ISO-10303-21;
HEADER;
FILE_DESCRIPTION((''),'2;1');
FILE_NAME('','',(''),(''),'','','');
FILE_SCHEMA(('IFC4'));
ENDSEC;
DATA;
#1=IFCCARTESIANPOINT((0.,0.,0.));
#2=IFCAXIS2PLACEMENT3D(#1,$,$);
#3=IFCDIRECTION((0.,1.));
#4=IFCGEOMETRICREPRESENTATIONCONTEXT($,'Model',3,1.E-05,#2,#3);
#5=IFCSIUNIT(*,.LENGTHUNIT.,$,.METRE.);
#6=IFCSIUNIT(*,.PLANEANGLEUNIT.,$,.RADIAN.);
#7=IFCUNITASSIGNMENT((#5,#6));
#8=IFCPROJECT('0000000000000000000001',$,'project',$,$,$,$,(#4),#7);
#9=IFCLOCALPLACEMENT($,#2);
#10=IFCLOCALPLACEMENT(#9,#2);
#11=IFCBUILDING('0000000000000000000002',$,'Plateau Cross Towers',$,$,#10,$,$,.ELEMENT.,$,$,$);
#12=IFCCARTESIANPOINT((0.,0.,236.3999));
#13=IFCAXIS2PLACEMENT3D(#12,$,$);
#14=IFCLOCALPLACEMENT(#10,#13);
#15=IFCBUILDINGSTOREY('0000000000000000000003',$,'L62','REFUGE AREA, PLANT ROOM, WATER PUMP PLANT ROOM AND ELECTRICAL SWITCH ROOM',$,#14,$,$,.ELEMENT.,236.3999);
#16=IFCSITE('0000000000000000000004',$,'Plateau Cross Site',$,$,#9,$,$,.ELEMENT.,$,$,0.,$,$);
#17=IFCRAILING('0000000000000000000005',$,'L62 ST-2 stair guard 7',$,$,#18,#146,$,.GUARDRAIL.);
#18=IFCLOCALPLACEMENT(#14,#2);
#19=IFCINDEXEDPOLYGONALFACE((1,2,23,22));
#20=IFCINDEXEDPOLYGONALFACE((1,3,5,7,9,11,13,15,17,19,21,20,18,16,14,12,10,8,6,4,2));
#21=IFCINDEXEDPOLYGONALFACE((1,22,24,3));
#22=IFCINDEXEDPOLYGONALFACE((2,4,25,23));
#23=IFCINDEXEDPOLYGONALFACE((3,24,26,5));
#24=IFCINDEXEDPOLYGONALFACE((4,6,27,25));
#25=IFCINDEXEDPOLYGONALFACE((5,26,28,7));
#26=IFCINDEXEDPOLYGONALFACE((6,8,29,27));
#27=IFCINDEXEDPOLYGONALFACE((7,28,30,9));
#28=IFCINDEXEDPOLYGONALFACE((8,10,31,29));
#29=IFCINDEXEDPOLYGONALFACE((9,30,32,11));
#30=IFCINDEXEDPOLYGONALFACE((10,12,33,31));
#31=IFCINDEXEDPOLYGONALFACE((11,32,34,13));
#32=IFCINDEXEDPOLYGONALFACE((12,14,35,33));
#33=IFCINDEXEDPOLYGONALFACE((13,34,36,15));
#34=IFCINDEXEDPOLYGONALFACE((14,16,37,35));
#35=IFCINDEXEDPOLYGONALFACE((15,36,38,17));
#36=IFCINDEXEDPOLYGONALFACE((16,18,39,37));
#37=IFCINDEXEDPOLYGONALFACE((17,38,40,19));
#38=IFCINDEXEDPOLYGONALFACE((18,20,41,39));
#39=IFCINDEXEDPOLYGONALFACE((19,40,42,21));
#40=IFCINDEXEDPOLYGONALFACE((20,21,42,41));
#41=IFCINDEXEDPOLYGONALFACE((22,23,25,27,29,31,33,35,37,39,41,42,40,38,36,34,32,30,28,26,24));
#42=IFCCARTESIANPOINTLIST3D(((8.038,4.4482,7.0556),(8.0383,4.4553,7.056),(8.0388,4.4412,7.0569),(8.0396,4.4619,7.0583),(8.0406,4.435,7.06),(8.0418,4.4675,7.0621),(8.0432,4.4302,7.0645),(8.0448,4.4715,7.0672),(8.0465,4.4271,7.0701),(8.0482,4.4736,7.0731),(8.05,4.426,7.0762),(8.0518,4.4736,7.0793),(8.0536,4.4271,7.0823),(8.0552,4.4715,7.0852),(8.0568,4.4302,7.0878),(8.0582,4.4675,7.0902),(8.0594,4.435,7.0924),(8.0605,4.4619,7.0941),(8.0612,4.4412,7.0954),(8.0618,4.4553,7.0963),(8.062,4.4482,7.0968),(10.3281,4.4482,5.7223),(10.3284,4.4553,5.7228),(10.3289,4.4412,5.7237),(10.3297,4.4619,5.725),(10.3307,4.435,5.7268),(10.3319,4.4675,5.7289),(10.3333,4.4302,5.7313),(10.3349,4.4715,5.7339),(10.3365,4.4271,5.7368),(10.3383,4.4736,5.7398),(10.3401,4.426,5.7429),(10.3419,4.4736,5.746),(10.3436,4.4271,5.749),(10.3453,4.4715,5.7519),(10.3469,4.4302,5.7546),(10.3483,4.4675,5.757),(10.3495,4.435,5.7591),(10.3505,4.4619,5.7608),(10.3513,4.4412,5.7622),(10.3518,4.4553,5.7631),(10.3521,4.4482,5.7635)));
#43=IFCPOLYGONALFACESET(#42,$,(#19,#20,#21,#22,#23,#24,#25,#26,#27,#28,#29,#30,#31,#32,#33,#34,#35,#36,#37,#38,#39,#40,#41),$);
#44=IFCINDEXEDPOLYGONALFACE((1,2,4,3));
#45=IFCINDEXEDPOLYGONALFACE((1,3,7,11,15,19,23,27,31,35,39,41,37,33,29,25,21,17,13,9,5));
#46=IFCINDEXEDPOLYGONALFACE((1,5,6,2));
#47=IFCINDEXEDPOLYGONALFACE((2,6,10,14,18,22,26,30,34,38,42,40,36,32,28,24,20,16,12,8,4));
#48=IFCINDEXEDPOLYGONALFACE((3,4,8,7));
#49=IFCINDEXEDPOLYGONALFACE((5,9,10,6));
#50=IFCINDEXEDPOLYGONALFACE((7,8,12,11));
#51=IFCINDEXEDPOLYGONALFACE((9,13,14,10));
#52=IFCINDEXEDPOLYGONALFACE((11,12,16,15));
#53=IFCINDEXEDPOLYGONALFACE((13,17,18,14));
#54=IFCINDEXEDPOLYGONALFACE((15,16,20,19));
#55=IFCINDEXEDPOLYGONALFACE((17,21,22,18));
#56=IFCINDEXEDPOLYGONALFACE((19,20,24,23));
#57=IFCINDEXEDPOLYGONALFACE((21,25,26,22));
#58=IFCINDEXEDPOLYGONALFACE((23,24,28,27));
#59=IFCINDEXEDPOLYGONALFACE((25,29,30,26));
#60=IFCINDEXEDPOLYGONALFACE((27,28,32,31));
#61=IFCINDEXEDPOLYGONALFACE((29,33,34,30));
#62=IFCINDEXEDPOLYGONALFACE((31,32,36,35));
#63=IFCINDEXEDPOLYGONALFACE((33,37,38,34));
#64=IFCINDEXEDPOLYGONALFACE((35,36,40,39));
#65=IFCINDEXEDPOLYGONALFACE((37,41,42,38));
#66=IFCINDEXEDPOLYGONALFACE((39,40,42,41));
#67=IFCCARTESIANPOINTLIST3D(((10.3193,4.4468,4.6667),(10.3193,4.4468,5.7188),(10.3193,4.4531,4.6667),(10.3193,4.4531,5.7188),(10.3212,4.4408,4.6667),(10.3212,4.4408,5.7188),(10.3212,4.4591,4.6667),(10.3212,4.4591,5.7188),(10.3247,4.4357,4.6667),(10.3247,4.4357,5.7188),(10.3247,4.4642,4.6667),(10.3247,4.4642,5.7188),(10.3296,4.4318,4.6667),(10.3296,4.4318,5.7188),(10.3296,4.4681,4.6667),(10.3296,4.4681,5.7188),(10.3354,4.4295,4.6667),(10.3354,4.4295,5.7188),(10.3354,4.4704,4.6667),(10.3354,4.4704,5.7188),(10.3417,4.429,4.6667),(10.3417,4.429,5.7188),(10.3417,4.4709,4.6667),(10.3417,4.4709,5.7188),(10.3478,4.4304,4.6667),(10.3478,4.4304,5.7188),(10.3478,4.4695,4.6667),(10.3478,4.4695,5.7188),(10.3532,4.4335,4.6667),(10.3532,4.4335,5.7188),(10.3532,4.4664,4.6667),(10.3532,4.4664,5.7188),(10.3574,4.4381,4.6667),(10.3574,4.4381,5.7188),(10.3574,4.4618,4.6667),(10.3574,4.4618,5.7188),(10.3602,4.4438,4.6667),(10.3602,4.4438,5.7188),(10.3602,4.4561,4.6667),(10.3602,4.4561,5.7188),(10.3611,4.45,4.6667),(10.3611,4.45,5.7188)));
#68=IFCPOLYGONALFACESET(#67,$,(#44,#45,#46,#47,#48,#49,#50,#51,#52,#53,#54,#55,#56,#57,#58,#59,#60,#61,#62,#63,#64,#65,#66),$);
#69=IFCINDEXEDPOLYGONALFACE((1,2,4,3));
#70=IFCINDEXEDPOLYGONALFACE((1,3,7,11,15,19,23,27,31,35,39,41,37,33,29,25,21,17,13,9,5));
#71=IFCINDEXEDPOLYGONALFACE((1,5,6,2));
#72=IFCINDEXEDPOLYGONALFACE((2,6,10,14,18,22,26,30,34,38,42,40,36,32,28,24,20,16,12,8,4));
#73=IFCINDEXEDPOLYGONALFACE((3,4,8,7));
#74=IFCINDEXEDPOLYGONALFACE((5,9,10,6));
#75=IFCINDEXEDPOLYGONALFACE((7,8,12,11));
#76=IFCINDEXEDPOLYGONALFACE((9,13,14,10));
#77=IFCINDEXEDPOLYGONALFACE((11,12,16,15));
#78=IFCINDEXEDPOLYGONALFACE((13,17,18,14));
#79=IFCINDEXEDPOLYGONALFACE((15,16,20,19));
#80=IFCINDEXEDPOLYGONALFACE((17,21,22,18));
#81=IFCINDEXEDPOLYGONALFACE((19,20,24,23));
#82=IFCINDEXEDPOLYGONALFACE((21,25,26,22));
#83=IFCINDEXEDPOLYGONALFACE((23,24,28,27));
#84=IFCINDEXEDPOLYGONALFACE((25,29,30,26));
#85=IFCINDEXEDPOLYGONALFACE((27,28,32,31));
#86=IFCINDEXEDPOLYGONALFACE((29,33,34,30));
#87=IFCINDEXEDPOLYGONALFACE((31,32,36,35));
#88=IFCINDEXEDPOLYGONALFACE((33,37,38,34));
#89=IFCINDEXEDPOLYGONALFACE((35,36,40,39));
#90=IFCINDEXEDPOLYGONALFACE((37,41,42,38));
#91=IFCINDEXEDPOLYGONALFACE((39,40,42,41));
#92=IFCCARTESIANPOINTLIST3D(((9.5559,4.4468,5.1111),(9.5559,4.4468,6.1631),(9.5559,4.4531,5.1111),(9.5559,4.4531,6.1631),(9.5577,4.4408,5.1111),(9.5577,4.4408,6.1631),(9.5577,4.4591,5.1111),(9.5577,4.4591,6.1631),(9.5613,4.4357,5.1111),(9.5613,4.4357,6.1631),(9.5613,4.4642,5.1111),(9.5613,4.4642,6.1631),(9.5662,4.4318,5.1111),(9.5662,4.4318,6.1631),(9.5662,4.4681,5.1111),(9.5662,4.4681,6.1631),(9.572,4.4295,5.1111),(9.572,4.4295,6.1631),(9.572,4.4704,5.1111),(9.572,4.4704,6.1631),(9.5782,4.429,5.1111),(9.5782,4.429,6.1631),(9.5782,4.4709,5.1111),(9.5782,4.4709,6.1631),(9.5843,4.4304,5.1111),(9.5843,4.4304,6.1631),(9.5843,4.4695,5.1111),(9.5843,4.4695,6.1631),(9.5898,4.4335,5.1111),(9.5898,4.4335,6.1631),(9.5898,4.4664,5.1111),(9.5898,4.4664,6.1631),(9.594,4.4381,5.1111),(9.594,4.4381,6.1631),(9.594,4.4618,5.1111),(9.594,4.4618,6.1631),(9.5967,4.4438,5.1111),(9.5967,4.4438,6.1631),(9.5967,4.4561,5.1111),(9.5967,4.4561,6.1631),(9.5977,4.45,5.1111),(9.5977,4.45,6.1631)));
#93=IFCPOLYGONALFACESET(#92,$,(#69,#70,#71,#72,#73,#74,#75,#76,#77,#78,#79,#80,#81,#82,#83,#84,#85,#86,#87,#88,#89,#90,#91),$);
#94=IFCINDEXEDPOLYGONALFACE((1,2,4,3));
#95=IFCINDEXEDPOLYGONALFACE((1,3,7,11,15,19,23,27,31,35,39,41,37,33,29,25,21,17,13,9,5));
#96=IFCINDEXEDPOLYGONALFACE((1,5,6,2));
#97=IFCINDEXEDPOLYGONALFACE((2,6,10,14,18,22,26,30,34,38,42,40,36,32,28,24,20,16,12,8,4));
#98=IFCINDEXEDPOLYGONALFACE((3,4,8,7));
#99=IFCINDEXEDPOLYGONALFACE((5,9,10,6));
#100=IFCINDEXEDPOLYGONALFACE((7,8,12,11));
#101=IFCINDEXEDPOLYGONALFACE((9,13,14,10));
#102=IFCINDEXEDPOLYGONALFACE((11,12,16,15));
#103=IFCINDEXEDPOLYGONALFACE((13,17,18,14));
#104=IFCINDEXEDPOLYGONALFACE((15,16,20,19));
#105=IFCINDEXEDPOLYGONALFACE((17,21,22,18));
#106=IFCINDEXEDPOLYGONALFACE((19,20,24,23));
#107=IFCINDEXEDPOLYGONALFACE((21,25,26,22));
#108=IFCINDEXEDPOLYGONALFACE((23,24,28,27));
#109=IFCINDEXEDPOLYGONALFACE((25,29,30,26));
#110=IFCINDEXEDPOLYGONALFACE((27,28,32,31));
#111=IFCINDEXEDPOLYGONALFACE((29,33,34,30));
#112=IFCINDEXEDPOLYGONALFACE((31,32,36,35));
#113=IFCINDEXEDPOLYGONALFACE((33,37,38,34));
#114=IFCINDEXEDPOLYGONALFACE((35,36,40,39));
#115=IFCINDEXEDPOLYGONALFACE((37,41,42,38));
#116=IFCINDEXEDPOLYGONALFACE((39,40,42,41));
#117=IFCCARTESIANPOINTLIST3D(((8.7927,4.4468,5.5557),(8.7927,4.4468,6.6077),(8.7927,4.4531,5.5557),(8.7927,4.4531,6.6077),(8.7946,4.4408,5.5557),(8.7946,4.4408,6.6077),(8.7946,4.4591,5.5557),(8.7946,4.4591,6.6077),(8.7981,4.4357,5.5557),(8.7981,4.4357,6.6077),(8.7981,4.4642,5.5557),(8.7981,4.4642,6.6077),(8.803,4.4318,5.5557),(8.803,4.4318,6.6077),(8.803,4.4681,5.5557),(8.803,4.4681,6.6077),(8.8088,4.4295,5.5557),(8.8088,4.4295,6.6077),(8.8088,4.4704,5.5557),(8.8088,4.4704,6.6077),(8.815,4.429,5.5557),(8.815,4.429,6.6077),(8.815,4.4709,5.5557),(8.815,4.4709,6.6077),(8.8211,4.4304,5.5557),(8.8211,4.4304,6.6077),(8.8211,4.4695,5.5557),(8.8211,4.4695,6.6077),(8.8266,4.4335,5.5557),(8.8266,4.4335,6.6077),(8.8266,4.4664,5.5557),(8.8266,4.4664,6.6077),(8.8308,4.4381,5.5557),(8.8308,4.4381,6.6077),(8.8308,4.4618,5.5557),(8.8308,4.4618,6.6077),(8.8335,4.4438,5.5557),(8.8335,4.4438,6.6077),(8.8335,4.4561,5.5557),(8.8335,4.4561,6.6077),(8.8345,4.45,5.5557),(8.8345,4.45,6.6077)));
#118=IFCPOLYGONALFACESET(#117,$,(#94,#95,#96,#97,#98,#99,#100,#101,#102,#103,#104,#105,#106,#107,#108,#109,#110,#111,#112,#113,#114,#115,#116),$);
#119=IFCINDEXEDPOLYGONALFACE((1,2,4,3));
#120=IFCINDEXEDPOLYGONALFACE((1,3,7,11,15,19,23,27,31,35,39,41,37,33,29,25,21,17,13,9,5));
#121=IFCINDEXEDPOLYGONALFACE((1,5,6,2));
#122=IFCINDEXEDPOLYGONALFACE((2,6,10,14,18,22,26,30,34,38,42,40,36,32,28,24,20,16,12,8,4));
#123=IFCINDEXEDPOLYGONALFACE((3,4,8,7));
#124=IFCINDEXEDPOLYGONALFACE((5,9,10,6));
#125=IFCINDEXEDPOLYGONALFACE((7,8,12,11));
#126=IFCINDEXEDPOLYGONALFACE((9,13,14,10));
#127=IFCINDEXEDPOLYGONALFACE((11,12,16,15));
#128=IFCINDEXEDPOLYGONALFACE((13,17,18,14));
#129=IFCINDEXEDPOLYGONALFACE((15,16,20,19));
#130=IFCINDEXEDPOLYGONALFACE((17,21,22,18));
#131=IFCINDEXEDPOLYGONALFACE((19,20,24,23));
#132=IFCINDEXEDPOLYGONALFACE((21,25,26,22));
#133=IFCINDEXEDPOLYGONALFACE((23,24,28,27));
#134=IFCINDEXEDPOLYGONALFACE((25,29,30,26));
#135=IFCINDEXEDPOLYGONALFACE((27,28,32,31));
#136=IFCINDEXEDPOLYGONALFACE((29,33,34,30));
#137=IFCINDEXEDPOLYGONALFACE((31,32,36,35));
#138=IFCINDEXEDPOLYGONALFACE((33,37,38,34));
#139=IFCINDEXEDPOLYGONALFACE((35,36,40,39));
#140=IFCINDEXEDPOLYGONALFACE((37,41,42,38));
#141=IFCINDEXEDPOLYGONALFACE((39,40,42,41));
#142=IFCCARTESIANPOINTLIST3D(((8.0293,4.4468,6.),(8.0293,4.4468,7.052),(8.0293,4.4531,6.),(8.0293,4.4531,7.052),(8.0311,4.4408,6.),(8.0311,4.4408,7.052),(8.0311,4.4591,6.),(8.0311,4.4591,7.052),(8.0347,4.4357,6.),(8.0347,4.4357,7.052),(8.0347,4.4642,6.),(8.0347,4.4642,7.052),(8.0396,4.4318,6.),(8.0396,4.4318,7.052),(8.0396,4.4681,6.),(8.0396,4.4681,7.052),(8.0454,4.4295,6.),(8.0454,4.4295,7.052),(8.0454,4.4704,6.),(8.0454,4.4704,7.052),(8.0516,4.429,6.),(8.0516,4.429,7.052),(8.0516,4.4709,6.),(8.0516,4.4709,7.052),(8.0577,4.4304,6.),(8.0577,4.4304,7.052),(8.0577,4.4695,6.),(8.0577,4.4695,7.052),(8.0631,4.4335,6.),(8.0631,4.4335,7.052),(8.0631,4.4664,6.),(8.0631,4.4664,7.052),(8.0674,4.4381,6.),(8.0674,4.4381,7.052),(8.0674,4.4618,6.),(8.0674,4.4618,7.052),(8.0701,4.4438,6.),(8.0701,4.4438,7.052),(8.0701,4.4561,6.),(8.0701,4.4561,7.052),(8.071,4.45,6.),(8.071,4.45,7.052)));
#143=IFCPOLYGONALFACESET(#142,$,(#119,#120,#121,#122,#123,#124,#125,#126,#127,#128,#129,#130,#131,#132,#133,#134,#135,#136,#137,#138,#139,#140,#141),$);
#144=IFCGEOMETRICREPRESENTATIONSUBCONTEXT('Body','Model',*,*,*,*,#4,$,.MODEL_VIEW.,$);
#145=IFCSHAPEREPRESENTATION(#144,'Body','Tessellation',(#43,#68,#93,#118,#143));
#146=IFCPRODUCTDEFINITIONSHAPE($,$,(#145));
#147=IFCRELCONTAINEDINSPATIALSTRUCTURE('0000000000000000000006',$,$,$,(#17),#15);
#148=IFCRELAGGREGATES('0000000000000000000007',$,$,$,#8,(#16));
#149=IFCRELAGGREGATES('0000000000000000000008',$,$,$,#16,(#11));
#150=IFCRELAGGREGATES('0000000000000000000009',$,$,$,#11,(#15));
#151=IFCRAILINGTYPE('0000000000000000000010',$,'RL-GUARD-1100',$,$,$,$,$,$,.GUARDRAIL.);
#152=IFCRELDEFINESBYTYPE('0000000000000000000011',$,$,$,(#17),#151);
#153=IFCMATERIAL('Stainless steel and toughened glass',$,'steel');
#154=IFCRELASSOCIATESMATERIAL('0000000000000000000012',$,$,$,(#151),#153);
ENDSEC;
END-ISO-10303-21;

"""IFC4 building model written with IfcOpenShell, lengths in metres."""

from ifc_helpers import new_model, si_unit, direction, frame, origin, origin_2d, place, context, subcontext, project, spatial, circle, extrude, material, type_object, element, save


model = new_model("IFC4")

# Units and contexts
model_context = context("Model", 3, precision=1e-05, world=origin(), true_north=direction((0.0, 1.0)))
body_context = subcontext(model_context, "Body", "Model", "MODEL_VIEW")
ifc_project = project(units=[si_unit("LENGTHUNIT", "METRE"), si_unit("PLANEANGLEUNIT", "RADIAN")], contexts=[model_context])

# Site, building, storey
site_placement = place(None, origin())
site = spatial("IfcSite", under=ifc_project, at=site_placement, Name="Plateau Cross Site", CompositionType="ELEMENT", RefElevation=0.0)
building_placement = place(site_placement, origin())
building = spatial("IfcBuilding", under=site, at=building_placement, Name="Plateau Cross Towers", CompositionType="ELEMENT")
storey_placement = place(building_placement, frame((0.0, 0.0, 236.3999)))
storey = spatial("IfcBuildingStorey", under=building, at=storey_placement, Name="L62", Description="REFUGE AREA, PLANT ROOM, WATER PUMP PLANT ROOM AND ELECTRICAL SWITCH ROOM", CompositionType="ELEMENT", Elevation=236.3999)

# Railing
ifc_material_1 = material(Name="Stainless steel and toughened glass", Category="steel")
railing_type_1 = type_object("IfcRailingType", Name="RL-GUARD-1100", PredefinedType="GUARDRAIL", material=ifc_material_1)
railing_1_placement = place(storey_placement, frame((10.3401, 4.45, 4.6667)))
element("IfcRailing", 1, at=railing_1_placement, inside=storey, type_object=railing_type_1, Name="L62 ST-2 stair guard 7", PredefinedType="GUARDRAIL", context=body_context, shape_type="SweptSolid", body=[
    extrude(circle(Radius=0.0239, at=origin_2d()), frame((0.0, 0.0, 1.0762), z_axis=(-0.864206, 0.0, 0.503138), x_axis=(0.0, -1.0, 0.0)), (0.0, 0.0, 1.0), 2.6499),
    extrude(circle(Radius=0.021, at=origin_2d()), origin(), (0.0, 0.0, 1.0), 1.052),
    extrude(circle(Radius=0.021, at=origin_2d()), frame((-0.7634, 0.0, 0.4443)), (0.0, 0.0, 1.0), 1.052),
    extrude(circle(Radius=0.021, at=origin_2d()), frame((-1.5266, 0.0, 0.8889)), (0.0, 0.0, 1.0), 1.052),
    extrude(circle(Radius=0.021, at=origin_2d()), frame((-2.29, 0.0, 1.3333)), (0.0, 0.0, 1.0), 1.052),
])

save(model, "model.ifc")
